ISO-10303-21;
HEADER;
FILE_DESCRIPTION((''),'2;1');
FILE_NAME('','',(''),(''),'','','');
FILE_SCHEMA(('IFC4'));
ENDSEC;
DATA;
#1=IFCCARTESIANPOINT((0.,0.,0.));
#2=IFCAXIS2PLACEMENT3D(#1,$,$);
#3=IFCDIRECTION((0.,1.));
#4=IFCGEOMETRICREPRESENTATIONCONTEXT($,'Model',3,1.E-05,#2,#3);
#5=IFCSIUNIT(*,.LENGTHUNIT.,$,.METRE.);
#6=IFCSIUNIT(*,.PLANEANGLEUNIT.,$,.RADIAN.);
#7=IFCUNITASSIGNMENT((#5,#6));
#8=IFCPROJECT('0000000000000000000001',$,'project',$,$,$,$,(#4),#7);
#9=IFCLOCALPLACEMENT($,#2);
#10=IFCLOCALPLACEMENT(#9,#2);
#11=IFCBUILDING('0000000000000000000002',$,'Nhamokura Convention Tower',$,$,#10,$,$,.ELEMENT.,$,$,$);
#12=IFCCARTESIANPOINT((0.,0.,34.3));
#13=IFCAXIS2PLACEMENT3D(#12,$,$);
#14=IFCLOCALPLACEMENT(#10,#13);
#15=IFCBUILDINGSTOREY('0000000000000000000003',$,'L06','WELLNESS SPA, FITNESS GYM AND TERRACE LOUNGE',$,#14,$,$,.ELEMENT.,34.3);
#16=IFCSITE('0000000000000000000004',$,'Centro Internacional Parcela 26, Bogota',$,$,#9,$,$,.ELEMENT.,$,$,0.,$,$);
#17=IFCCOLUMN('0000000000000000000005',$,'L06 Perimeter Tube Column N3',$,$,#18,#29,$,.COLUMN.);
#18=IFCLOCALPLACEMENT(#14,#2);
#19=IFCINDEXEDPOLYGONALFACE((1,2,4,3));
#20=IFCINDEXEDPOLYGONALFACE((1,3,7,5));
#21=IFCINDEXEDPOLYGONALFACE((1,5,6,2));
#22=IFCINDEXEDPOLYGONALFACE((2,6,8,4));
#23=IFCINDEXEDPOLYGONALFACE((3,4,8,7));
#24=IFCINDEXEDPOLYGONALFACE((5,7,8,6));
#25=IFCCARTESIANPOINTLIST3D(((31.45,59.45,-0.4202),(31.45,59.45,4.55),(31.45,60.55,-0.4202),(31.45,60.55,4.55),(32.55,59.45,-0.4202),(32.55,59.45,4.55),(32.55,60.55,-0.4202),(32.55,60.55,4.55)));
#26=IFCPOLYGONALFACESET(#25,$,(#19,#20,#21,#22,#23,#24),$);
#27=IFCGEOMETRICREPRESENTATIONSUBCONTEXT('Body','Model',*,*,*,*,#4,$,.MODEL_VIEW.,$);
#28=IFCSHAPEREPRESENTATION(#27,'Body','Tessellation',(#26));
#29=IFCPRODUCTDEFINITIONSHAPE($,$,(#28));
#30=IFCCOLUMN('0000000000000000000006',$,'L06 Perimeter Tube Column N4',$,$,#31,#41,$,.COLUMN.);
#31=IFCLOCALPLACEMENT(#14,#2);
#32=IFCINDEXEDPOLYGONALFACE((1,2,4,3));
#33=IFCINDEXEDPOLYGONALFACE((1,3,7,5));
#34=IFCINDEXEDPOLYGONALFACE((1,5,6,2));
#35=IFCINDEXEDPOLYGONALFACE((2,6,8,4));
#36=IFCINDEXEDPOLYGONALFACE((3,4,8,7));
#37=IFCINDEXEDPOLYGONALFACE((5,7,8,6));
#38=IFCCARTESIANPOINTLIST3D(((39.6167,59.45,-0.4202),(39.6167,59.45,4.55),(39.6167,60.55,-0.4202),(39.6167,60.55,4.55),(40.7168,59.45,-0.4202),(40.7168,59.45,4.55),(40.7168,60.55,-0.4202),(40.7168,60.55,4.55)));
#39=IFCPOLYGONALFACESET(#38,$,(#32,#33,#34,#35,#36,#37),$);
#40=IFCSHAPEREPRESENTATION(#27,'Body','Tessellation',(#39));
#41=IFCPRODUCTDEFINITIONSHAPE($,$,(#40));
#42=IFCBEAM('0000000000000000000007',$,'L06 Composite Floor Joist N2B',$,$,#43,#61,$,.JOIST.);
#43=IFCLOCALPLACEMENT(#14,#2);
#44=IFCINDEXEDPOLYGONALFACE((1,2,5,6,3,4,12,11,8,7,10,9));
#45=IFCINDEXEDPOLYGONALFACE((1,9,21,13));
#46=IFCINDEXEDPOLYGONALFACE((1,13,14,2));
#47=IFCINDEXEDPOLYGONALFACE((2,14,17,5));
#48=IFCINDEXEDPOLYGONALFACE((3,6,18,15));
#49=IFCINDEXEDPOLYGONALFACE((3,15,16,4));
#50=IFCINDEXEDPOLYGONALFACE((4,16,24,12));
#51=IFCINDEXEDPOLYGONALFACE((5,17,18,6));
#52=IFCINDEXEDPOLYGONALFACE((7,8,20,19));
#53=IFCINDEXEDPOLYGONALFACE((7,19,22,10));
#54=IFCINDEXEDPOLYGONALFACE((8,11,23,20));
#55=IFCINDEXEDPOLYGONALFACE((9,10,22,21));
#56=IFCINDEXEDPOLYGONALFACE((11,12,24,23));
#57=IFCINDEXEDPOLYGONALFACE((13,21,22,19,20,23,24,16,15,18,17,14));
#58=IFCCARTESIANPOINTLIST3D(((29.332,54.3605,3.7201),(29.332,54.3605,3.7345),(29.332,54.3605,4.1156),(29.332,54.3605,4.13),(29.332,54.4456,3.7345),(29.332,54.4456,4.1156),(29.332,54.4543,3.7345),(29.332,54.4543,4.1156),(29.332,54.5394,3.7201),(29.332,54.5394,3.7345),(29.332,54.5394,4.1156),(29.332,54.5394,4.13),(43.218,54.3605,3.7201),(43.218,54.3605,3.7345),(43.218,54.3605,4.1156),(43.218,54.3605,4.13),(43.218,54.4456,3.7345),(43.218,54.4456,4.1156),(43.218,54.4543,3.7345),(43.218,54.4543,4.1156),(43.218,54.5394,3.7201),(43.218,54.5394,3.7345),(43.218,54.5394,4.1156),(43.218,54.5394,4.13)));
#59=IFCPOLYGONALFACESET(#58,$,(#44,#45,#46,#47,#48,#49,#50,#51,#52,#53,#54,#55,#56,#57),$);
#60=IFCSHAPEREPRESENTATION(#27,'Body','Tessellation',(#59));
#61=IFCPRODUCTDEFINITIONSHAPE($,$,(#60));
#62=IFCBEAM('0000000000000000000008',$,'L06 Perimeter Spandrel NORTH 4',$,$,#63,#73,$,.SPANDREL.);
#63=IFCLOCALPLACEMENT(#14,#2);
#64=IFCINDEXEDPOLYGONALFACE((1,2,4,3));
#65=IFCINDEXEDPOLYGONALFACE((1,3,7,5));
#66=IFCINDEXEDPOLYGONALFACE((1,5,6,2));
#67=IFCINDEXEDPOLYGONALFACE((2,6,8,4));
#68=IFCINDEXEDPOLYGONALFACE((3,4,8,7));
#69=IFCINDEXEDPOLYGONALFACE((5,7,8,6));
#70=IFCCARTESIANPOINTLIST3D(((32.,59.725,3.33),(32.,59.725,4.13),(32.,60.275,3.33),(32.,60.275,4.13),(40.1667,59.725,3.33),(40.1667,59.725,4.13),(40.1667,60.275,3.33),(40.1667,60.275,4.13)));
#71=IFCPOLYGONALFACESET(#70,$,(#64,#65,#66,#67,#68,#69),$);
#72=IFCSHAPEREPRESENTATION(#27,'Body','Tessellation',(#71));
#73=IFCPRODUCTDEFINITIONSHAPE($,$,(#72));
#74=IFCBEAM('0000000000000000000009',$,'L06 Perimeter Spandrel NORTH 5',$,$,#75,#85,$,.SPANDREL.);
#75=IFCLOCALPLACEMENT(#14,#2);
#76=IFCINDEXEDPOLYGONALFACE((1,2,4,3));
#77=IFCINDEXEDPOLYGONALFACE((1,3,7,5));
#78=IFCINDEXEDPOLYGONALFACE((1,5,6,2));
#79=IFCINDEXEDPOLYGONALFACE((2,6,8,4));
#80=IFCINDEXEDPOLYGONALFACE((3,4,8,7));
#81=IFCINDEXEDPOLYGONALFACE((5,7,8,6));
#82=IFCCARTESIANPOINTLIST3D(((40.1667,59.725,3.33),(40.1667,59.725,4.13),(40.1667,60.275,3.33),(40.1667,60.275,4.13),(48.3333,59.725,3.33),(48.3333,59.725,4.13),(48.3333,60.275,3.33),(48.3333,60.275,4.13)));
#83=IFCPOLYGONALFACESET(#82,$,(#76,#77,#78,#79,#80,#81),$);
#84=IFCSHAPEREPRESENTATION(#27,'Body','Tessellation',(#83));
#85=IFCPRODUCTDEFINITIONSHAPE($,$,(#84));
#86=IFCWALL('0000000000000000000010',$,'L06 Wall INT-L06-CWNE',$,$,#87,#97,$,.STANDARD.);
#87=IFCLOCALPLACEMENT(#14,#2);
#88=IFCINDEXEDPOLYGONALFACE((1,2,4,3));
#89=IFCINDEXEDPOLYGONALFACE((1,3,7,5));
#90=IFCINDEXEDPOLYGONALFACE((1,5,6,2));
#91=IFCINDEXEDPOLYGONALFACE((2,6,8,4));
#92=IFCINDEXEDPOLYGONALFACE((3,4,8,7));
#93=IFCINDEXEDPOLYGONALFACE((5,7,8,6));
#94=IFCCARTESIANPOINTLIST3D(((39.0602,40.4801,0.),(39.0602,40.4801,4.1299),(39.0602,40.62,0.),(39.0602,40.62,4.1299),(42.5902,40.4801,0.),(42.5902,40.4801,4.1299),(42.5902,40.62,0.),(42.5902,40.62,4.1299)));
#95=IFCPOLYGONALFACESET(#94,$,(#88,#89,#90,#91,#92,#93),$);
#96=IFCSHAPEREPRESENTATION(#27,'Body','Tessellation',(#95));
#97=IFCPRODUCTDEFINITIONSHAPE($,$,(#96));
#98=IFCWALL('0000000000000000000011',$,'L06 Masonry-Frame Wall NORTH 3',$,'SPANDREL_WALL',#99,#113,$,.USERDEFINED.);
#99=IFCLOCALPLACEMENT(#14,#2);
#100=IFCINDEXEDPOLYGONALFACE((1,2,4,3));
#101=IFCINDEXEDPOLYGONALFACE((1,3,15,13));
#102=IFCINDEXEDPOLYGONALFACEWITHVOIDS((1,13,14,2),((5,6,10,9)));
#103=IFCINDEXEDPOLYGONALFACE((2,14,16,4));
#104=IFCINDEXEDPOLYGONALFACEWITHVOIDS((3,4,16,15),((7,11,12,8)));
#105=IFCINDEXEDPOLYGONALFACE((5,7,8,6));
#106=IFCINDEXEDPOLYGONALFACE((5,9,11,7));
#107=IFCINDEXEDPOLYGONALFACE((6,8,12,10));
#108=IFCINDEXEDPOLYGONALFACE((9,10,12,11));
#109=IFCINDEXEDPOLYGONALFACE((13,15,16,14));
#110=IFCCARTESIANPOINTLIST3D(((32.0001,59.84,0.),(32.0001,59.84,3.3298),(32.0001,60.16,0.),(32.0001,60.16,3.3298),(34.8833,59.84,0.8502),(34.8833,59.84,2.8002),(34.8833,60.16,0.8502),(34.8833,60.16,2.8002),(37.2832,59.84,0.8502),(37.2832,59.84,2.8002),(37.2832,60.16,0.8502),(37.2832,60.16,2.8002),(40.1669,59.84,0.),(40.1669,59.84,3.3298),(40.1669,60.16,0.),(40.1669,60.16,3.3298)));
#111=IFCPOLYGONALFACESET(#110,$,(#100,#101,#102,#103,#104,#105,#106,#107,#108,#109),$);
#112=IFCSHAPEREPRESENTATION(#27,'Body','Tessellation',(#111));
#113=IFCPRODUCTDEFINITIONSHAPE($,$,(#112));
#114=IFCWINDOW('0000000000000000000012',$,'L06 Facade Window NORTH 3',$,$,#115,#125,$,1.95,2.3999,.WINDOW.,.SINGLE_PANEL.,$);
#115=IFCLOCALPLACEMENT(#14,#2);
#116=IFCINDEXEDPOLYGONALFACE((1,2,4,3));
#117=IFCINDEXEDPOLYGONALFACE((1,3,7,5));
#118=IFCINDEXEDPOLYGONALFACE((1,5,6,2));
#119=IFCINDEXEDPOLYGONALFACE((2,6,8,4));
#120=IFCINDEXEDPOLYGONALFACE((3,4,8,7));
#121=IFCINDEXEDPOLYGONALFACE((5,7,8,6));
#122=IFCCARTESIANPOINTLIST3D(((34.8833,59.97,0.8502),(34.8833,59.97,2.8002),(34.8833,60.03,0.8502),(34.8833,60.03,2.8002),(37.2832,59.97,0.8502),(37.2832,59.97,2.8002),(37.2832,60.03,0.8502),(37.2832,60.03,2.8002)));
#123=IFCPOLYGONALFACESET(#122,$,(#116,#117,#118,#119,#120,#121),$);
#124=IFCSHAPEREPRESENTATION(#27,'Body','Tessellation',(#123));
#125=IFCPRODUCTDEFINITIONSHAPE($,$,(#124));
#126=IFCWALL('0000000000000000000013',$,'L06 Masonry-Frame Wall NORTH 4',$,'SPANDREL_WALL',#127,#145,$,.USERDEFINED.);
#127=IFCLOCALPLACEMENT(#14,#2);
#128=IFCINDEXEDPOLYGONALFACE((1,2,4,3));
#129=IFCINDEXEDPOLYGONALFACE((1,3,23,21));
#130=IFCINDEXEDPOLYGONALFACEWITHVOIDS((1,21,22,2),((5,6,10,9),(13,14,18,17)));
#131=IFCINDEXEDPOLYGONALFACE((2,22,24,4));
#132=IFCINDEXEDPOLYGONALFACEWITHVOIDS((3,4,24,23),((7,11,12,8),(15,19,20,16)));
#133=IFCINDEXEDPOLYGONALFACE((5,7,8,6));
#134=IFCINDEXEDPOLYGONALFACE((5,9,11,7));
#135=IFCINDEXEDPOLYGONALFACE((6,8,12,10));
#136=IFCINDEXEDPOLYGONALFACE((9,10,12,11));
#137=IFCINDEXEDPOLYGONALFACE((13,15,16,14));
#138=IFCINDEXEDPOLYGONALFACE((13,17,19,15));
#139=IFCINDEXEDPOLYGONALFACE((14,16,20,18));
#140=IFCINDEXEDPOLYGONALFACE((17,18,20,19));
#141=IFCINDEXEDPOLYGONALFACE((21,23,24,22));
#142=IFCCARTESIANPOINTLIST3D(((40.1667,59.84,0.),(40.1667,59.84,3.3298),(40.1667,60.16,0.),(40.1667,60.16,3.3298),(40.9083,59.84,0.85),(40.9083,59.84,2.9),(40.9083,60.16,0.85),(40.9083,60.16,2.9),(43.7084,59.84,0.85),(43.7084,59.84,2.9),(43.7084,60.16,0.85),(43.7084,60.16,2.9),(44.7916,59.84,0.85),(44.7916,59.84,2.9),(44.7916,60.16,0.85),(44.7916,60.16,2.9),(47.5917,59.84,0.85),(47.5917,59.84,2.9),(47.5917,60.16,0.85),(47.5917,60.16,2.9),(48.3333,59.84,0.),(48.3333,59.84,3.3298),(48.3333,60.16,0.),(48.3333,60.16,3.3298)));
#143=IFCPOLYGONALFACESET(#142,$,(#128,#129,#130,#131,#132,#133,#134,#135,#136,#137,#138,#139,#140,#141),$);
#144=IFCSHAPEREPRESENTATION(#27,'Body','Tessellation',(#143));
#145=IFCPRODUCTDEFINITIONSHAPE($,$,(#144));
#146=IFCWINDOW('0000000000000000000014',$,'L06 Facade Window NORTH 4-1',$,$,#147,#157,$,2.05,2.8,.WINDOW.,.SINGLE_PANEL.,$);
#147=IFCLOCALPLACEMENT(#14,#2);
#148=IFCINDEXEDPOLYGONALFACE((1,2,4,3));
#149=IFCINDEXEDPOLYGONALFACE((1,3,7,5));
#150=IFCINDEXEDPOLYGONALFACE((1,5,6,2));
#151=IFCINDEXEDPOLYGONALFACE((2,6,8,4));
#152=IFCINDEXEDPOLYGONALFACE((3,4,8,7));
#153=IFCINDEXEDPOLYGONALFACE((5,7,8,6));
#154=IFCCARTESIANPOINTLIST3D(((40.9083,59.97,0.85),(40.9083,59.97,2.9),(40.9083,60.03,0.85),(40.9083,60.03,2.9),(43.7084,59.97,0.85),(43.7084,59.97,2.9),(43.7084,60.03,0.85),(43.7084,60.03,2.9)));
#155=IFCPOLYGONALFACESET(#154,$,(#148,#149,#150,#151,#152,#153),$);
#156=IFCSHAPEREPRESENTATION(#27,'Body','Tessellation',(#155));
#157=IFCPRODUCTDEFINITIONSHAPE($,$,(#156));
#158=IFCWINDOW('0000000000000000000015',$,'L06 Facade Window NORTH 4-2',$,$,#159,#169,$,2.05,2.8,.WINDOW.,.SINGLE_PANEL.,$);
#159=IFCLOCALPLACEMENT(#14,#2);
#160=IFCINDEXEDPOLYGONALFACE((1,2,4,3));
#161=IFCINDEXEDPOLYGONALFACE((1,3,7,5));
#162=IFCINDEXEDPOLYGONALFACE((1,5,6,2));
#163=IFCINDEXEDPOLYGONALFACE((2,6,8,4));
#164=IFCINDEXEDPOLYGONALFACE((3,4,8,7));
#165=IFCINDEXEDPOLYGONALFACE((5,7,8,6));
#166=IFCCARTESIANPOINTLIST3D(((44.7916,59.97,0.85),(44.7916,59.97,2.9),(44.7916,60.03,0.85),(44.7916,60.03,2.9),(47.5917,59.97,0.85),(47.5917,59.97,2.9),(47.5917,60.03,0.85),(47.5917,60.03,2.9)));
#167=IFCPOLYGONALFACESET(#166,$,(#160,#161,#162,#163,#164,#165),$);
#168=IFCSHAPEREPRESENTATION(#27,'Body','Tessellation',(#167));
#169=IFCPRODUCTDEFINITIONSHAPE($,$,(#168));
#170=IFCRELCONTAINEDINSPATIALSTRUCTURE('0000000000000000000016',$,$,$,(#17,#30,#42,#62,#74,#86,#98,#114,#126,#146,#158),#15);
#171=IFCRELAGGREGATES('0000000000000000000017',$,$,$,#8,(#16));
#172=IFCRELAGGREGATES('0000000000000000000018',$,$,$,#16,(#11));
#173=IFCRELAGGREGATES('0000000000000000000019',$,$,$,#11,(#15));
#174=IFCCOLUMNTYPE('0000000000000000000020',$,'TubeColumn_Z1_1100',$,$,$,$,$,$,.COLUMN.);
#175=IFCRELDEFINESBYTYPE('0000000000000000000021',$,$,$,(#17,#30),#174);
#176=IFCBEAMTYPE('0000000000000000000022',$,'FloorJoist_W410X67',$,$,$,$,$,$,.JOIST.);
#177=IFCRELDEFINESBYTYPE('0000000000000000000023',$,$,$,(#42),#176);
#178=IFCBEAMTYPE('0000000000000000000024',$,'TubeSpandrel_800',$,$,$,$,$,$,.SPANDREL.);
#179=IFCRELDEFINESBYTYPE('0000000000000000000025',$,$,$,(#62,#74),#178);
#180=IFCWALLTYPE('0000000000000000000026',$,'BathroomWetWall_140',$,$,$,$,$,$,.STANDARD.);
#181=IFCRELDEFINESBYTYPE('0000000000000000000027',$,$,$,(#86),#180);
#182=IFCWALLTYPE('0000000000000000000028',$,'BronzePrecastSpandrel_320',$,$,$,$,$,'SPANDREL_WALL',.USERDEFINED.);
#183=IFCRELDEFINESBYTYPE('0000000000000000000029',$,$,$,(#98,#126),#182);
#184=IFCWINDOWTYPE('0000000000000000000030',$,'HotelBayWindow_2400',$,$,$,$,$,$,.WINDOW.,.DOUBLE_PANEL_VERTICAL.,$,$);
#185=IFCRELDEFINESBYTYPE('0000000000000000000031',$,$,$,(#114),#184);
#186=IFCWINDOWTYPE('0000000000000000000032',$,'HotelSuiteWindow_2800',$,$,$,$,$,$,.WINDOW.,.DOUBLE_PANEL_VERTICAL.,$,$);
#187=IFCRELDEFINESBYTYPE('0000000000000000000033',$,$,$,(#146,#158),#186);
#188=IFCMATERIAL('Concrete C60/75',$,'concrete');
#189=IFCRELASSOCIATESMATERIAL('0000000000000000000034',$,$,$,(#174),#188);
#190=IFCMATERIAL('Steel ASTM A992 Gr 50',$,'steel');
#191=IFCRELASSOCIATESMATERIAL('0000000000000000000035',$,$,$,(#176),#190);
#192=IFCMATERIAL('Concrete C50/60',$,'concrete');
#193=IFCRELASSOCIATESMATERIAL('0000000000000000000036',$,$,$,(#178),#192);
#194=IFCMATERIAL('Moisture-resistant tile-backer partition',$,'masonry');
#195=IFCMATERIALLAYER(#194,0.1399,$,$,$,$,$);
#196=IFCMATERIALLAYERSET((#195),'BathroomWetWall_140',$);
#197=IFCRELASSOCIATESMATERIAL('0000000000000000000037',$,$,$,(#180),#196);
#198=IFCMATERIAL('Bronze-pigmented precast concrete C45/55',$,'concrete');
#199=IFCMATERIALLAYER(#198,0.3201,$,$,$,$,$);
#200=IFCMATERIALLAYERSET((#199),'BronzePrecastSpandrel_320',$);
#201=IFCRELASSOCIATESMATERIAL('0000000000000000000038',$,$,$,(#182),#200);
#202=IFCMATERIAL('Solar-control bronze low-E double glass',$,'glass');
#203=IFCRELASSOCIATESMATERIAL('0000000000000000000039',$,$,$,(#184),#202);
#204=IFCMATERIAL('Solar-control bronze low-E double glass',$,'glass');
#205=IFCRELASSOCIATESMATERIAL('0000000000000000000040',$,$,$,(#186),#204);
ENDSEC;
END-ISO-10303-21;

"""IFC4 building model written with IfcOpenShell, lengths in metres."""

from ifc_helpers import new_model, si_unit, direction, frame, frame_2d, origin, origin_2d, place, context, subcontext, project, spatial, rectangle, i_section, extrude, material, layer, layer_set, material_profile, profile_set, type_object, element, fill, save


model = new_model("IFC4")

# Units and contexts
model_context = context("Model", 3, precision=1e-05, world=origin(), true_north=direction((0.0, 1.0)))
body_context = subcontext(model_context, "Body", "Model", "MODEL_VIEW")
ifc_project = project(units=[si_unit("LENGTHUNIT", "METRE"), si_unit("PLANEANGLEUNIT", "RADIAN")], contexts=[model_context])

# Site, building, storey
site_placement = place(None, origin())
site = spatial("IfcSite", under=ifc_project, at=site_placement, Name="Centro Internacional Parcela 26, Bogota", CompositionType="ELEMENT", RefElevation=0.0)
building_placement = place(site_placement, origin())
building = spatial("IfcBuilding", under=site, at=building_placement, Name="Nhamokura Convention Tower", CompositionType="ELEMENT")
storey_placement = place(building_placement, frame((0.0, 0.0, 34.3)))
storey = spatial("IfcBuildingStorey", under=building, at=storey_placement, Name="L06", Description="WELLNESS SPA, FITNESS GYM AND TERRACE LOUNGE", CompositionType="ELEMENT", Elevation=34.3)

# Columns
ifc_material_1 = material(Name="Concrete C60/75", Category="concrete")
ifc_material_profile_1 = material_profile(ifc_material_1, rectangle(XDim=1.1001, YDim=1.1001, at=origin_2d()))
ifc_profile_set_1 = profile_set([ifc_material_profile_1], Name="Concrete C60/75")
column_type = type_object("IfcColumnType", Name="TubeColumn_Z1_1100", PredefinedType="COLUMN", material=ifc_profile_set_1)
for number, where, z_axis, x_axis, name in (
    (1, (32.0, 60.0, -0.4202), (0.0, 0.0, 1.0), (1.0, 0.0, 0.0), "L06 Perimeter Tube Column N3"),
    (2, (40.1667, 60.0, -0.4202), (0.0, 0.0, 1.0), (1.0, 0.0, 0.0), "L06 Perimeter Tube Column N4"),
):
    element("IfcColumn", number, at=place(storey_placement, frame(where, z_axis=z_axis, x_axis=x_axis)), inside=storey, type_object=column_type, Name=name, PredefinedType="COLUMN", context=body_context, shape_type="SweptSolid", body=[
        extrude(rectangle(XDim=1.1001, YDim=1.1001, at=origin_2d()), origin(), (0.0, 0.0, 1.0), 4.9702),
    ])

# Beams
ifc_material_2 = material(Name="Steel ASTM A992 Gr 50", Category="steel")
ifc_material_profile_2 = material_profile(ifc_material_2, i_section(OverallWidth=0.179, OverallDepth=0.4099, WebThickness=0.0088, FlangeThickness=0.0144, at=origin_2d()))
ifc_profile_set_2 = profile_set([ifc_material_profile_2], Name="Steel ASTM A992 Gr 50")
beam_type_1 = type_object("IfcBeamType", Name="FloorJoist_W410X67", PredefinedType="JOIST", material=ifc_profile_set_2)
beam_1_placement = place(storey_placement, frame((29.332, 54.45, 3.925), z_axis=(1.0, 0.0, 0.0), x_axis=(0.0, 1.0, 0.0)))
element("IfcBeam", 3, at=beam_1_placement, inside=storey, type_object=beam_type_1, Name="L06 Composite Floor Joist N2B", PredefinedType="JOIST", context=body_context, shape_type="SweptSolid", body=[
    extrude(i_section(OverallWidth=0.179, OverallDepth=0.4099, WebThickness=0.0088, FlangeThickness=0.0144, at=origin_2d()), origin(), (0.0, 0.0, 1.0), 13.886),
])
ifc_material_3 = material(Name="Concrete C50/60", Category="concrete")
ifc_material_profile_3 = material_profile(ifc_material_3, rectangle(XDim=0.55, YDim=0.8, at=origin_2d()))
ifc_profile_set_3 = profile_set([ifc_material_profile_3], Name="Concrete C50/60")
beam_type_2 = type_object("IfcBeamType", Name="TubeSpandrel_800", PredefinedType="SPANDREL", material=ifc_profile_set_3)
beam_2_placement = place(storey_placement, frame((32.0, 60.0, 3.73), z_axis=(1.0, 0.0, 0.0), x_axis=(0.0, 1.0, 0.0)))
element("IfcBeam", 4, at=beam_2_placement, inside=storey, type_object=beam_type_2, Name="L06 Perimeter Spandrel NORTH 4", PredefinedType="SPANDREL", context=body_context, shape_type="SweptSolid", body=[
    extrude(rectangle(XDim=0.55, YDim=0.8, at=origin_2d()), origin(), (0.0, 0.0, 1.0), 8.1667),
])
beam_3_placement = place(storey_placement, frame((40.1667, 60.0, 3.73), z_axis=(1.0, 0.0, 0.0), x_axis=(0.0, 1.0, 0.0)))
element("IfcBeam", 5, at=beam_3_placement, inside=storey, type_object=beam_type_2, Name="L06 Perimeter Spandrel NORTH 5", PredefinedType="SPANDREL", context=body_context, shape_type="SweptSolid", body=[
    extrude(rectangle(XDim=0.55, YDim=0.8, at=origin_2d()), origin(), (0.0, 0.0, 1.0), 8.1665),
])

# Wall
ifc_material_4 = material(Name="Moisture-resistant tile-backer partition", Category="masonry")
ifc_layer_1 = layer(ifc_material_4, 0.1399)
ifc_layer_set_1 = layer_set([ifc_layer_1], Name="BathroomWetWall_140")
wall_type_1 = type_object("IfcWallType", Name="BathroomWetWall_140", PredefinedType="STANDARD", material=ifc_layer_set_1)
wall_1_placement = place(storey_placement, frame((39.0601, 40.55, 0.0), z_axis=(0.0, 0.0, 1.0), x_axis=(1.0, 0.0, 0.0)))
element("IfcWall", 6, at=wall_1_placement, inside=storey, type_object=wall_type_1, Name="L06 Wall INT-L06-CWNE", PredefinedType="STANDARD", context=body_context, shape_type="SweptSolid", body=[
    extrude(rectangle(XDim=3.53, YDim=0.1399, at=frame_2d((1.7651, 0.0))), origin(), (0.0, 0.0, 1.0), 4.1299),
])

# Wall, opening, window
ifc_material_5 = material(Name="Bronze-pigmented precast concrete C45/55", Category="concrete")
ifc_layer_2 = layer(ifc_material_5, 0.3201)
ifc_layer_set_2 = layer_set([ifc_layer_2], Name="BronzePrecastSpandrel_320")
wall_type_2 = type_object("IfcWallType", Name="BronzePrecastSpandrel_320", ElementType="SPANDREL_WALL", PredefinedType="USERDEFINED", material=ifc_layer_set_2)
wall_2_placement = place(storey_placement, frame((32.0, 60.0, 0.0), z_axis=(0.0, 0.0, 1.0), x_axis=(1.0, 0.0, 0.0)))
wall_2 = element("IfcWall", 7, at=wall_2_placement, inside=storey, type_object=wall_type_2, Name="L06 Masonry-Frame Wall NORTH 3", ObjectType="SPANDREL_WALL", PredefinedType="USERDEFINED", context=body_context, shape_type="SweptSolid", body=[
    extrude(rectangle(XDim=8.1667, YDim=0.3201, at=frame_2d((4.0835, 0.0))), origin(), (0.0, 0.0, 1.0), 3.3298),
])
opening_1_placement = place(wall_2_placement, frame((2.8833, 0.0, 0.8501)))
opening_1 = element("IfcOpeningElement", 8, at=opening_1_placement, cuts=wall_2, PredefinedType="OPENING", context=body_context, shape_type="SweptSolid", body=[
    extrude(rectangle(XDim=2.3999, YDim=1.95, at=frame_2d((1.2, 0.9751))), frame((0.0, 0.1699, 0.0), z_axis=(0.0, -1.0, 0.0), x_axis=(1.0, 0.0, 0.0)), (0.0, 0.0, 1.0), 0.3401),
])
ifc_material_6 = material(Name="Solar-control bronze low-E double glass", Category="glass")
window_type_1 = type_object("IfcWindowType", Name="HotelBayWindow_2400", PartitioningType="DOUBLE_PANEL_VERTICAL", PredefinedType="WINDOW", material=ifc_material_6)
window_1_placement = place(opening_1_placement, origin())
window_1 = element("IfcWindow", 9, at=window_1_placement, inside=storey, type_object=window_type_1, Name="L06 Facade Window NORTH 3", OverallHeight=1.95, OverallWidth=2.3999, PartitioningType="SINGLE_PANEL", PredefinedType="WINDOW", context=body_context, shape_type="SweptSolid", body=[
    extrude(rectangle(XDim=2.3999, YDim=1.95, at=frame_2d((1.2, 0.9751))), frame((0.0, 0.03, 0.0), z_axis=(0.0, -1.0, 0.0), x_axis=(1.0, 0.0, 0.0)), (0.0, 0.0, 1.0), 0.0601),
])
fill(opening_1, window_1)

# Wall, openings, windows
wall_3_placement = place(storey_placement, frame((40.1667, 60.0, 0.0), z_axis=(0.0, 0.0, 1.0), x_axis=(1.0, 0.0, 0.0)))
wall_3 = element("IfcWall", 10, at=wall_3_placement, inside=storey, type_object=wall_type_2, Name="L06 Masonry-Frame Wall NORTH 4", ObjectType="SPANDREL_WALL", PredefinedType="USERDEFINED", context=body_context, shape_type="SweptSolid", body=[
    extrude(rectangle(XDim=8.1665, YDim=0.3201, at=frame_2d((4.0833, 0.0))), origin(), (0.0, 0.0, 1.0), 3.3298),
])
opening_2_placement = place(wall_3_placement, frame((0.7417, 0.0, 0.8501)))
opening_2 = element("IfcOpeningElement", 11, at=opening_2_placement, cuts=wall_3, PredefinedType="OPENING", context=body_context, shape_type="SweptSolid", body=[
    extrude(rectangle(XDim=2.8, YDim=2.05, at=frame_2d((1.3999, 1.0249))), frame((0.0, 0.1699, 0.0), z_axis=(0.0, -1.0, 0.0), x_axis=(1.0, 0.0, 0.0)), (0.0, 0.0, 1.0), 0.3401),
])
opening_3_placement = place(wall_3_placement, frame((4.625, 0.0, 0.8501)))
opening_3 = element("IfcOpeningElement", 12, at=opening_3_placement, cuts=wall_3, PredefinedType="OPENING", context=body_context, shape_type="SweptSolid", body=[
    extrude(rectangle(XDim=2.8, YDim=2.05, at=frame_2d((1.3999, 1.0249))), frame((0.0, 0.1699, 0.0), z_axis=(0.0, -1.0, 0.0), x_axis=(1.0, 0.0, 0.0)), (0.0, 0.0, 1.0), 0.3401),
])
ifc_material_7 = material(Name="Solar-control bronze low-E double glass", Category="glass")
window_type_2 = type_object("IfcWindowType", Name="HotelSuiteWindow_2800", PartitioningType="DOUBLE_PANEL_VERTICAL", PredefinedType="WINDOW", material=ifc_material_7)
window_2_placement = place(opening_2_placement, origin())
window_2 = element("IfcWindow", 13, at=window_2_placement, inside=storey, type_object=window_type_2, Name="L06 Facade Window NORTH 4-1", OverallHeight=2.05, OverallWidth=2.8, PartitioningType="SINGLE_PANEL", PredefinedType="WINDOW", context=body_context, shape_type="SweptSolid", body=[
    extrude(rectangle(XDim=2.8, YDim=2.05, at=frame_2d((1.3999, 1.0249))), frame((0.0, 0.03, 0.0), z_axis=(0.0, -1.0, 0.0), x_axis=(1.0, 0.0, 0.0)), (0.0, 0.0, 1.0), 0.0601),
])
fill(opening_2, window_2)
window_3_placement = place(opening_3_placement, origin())
window_3 = element("IfcWindow", 14, at=window_3_placement, inside=storey, type_object=window_type_2, Name="L06 Facade Window NORTH 4-2", OverallHeight=2.05, OverallWidth=2.8, PartitioningType="SINGLE_PANEL", PredefinedType="WINDOW", context=body_context, shape_type="SweptSolid", body=[
    extrude(rectangle(XDim=2.8, YDim=2.05, at=frame_2d((1.3999, 1.0249))), frame((0.0, 0.03, 0.0), z_axis=(0.0, -1.0, 0.0), x_axis=(1.0, 0.0, 0.0)), (0.0, 0.0, 1.0), 0.0601),
])
fill(opening_3, window_3)

save(model, "model.ifc")
